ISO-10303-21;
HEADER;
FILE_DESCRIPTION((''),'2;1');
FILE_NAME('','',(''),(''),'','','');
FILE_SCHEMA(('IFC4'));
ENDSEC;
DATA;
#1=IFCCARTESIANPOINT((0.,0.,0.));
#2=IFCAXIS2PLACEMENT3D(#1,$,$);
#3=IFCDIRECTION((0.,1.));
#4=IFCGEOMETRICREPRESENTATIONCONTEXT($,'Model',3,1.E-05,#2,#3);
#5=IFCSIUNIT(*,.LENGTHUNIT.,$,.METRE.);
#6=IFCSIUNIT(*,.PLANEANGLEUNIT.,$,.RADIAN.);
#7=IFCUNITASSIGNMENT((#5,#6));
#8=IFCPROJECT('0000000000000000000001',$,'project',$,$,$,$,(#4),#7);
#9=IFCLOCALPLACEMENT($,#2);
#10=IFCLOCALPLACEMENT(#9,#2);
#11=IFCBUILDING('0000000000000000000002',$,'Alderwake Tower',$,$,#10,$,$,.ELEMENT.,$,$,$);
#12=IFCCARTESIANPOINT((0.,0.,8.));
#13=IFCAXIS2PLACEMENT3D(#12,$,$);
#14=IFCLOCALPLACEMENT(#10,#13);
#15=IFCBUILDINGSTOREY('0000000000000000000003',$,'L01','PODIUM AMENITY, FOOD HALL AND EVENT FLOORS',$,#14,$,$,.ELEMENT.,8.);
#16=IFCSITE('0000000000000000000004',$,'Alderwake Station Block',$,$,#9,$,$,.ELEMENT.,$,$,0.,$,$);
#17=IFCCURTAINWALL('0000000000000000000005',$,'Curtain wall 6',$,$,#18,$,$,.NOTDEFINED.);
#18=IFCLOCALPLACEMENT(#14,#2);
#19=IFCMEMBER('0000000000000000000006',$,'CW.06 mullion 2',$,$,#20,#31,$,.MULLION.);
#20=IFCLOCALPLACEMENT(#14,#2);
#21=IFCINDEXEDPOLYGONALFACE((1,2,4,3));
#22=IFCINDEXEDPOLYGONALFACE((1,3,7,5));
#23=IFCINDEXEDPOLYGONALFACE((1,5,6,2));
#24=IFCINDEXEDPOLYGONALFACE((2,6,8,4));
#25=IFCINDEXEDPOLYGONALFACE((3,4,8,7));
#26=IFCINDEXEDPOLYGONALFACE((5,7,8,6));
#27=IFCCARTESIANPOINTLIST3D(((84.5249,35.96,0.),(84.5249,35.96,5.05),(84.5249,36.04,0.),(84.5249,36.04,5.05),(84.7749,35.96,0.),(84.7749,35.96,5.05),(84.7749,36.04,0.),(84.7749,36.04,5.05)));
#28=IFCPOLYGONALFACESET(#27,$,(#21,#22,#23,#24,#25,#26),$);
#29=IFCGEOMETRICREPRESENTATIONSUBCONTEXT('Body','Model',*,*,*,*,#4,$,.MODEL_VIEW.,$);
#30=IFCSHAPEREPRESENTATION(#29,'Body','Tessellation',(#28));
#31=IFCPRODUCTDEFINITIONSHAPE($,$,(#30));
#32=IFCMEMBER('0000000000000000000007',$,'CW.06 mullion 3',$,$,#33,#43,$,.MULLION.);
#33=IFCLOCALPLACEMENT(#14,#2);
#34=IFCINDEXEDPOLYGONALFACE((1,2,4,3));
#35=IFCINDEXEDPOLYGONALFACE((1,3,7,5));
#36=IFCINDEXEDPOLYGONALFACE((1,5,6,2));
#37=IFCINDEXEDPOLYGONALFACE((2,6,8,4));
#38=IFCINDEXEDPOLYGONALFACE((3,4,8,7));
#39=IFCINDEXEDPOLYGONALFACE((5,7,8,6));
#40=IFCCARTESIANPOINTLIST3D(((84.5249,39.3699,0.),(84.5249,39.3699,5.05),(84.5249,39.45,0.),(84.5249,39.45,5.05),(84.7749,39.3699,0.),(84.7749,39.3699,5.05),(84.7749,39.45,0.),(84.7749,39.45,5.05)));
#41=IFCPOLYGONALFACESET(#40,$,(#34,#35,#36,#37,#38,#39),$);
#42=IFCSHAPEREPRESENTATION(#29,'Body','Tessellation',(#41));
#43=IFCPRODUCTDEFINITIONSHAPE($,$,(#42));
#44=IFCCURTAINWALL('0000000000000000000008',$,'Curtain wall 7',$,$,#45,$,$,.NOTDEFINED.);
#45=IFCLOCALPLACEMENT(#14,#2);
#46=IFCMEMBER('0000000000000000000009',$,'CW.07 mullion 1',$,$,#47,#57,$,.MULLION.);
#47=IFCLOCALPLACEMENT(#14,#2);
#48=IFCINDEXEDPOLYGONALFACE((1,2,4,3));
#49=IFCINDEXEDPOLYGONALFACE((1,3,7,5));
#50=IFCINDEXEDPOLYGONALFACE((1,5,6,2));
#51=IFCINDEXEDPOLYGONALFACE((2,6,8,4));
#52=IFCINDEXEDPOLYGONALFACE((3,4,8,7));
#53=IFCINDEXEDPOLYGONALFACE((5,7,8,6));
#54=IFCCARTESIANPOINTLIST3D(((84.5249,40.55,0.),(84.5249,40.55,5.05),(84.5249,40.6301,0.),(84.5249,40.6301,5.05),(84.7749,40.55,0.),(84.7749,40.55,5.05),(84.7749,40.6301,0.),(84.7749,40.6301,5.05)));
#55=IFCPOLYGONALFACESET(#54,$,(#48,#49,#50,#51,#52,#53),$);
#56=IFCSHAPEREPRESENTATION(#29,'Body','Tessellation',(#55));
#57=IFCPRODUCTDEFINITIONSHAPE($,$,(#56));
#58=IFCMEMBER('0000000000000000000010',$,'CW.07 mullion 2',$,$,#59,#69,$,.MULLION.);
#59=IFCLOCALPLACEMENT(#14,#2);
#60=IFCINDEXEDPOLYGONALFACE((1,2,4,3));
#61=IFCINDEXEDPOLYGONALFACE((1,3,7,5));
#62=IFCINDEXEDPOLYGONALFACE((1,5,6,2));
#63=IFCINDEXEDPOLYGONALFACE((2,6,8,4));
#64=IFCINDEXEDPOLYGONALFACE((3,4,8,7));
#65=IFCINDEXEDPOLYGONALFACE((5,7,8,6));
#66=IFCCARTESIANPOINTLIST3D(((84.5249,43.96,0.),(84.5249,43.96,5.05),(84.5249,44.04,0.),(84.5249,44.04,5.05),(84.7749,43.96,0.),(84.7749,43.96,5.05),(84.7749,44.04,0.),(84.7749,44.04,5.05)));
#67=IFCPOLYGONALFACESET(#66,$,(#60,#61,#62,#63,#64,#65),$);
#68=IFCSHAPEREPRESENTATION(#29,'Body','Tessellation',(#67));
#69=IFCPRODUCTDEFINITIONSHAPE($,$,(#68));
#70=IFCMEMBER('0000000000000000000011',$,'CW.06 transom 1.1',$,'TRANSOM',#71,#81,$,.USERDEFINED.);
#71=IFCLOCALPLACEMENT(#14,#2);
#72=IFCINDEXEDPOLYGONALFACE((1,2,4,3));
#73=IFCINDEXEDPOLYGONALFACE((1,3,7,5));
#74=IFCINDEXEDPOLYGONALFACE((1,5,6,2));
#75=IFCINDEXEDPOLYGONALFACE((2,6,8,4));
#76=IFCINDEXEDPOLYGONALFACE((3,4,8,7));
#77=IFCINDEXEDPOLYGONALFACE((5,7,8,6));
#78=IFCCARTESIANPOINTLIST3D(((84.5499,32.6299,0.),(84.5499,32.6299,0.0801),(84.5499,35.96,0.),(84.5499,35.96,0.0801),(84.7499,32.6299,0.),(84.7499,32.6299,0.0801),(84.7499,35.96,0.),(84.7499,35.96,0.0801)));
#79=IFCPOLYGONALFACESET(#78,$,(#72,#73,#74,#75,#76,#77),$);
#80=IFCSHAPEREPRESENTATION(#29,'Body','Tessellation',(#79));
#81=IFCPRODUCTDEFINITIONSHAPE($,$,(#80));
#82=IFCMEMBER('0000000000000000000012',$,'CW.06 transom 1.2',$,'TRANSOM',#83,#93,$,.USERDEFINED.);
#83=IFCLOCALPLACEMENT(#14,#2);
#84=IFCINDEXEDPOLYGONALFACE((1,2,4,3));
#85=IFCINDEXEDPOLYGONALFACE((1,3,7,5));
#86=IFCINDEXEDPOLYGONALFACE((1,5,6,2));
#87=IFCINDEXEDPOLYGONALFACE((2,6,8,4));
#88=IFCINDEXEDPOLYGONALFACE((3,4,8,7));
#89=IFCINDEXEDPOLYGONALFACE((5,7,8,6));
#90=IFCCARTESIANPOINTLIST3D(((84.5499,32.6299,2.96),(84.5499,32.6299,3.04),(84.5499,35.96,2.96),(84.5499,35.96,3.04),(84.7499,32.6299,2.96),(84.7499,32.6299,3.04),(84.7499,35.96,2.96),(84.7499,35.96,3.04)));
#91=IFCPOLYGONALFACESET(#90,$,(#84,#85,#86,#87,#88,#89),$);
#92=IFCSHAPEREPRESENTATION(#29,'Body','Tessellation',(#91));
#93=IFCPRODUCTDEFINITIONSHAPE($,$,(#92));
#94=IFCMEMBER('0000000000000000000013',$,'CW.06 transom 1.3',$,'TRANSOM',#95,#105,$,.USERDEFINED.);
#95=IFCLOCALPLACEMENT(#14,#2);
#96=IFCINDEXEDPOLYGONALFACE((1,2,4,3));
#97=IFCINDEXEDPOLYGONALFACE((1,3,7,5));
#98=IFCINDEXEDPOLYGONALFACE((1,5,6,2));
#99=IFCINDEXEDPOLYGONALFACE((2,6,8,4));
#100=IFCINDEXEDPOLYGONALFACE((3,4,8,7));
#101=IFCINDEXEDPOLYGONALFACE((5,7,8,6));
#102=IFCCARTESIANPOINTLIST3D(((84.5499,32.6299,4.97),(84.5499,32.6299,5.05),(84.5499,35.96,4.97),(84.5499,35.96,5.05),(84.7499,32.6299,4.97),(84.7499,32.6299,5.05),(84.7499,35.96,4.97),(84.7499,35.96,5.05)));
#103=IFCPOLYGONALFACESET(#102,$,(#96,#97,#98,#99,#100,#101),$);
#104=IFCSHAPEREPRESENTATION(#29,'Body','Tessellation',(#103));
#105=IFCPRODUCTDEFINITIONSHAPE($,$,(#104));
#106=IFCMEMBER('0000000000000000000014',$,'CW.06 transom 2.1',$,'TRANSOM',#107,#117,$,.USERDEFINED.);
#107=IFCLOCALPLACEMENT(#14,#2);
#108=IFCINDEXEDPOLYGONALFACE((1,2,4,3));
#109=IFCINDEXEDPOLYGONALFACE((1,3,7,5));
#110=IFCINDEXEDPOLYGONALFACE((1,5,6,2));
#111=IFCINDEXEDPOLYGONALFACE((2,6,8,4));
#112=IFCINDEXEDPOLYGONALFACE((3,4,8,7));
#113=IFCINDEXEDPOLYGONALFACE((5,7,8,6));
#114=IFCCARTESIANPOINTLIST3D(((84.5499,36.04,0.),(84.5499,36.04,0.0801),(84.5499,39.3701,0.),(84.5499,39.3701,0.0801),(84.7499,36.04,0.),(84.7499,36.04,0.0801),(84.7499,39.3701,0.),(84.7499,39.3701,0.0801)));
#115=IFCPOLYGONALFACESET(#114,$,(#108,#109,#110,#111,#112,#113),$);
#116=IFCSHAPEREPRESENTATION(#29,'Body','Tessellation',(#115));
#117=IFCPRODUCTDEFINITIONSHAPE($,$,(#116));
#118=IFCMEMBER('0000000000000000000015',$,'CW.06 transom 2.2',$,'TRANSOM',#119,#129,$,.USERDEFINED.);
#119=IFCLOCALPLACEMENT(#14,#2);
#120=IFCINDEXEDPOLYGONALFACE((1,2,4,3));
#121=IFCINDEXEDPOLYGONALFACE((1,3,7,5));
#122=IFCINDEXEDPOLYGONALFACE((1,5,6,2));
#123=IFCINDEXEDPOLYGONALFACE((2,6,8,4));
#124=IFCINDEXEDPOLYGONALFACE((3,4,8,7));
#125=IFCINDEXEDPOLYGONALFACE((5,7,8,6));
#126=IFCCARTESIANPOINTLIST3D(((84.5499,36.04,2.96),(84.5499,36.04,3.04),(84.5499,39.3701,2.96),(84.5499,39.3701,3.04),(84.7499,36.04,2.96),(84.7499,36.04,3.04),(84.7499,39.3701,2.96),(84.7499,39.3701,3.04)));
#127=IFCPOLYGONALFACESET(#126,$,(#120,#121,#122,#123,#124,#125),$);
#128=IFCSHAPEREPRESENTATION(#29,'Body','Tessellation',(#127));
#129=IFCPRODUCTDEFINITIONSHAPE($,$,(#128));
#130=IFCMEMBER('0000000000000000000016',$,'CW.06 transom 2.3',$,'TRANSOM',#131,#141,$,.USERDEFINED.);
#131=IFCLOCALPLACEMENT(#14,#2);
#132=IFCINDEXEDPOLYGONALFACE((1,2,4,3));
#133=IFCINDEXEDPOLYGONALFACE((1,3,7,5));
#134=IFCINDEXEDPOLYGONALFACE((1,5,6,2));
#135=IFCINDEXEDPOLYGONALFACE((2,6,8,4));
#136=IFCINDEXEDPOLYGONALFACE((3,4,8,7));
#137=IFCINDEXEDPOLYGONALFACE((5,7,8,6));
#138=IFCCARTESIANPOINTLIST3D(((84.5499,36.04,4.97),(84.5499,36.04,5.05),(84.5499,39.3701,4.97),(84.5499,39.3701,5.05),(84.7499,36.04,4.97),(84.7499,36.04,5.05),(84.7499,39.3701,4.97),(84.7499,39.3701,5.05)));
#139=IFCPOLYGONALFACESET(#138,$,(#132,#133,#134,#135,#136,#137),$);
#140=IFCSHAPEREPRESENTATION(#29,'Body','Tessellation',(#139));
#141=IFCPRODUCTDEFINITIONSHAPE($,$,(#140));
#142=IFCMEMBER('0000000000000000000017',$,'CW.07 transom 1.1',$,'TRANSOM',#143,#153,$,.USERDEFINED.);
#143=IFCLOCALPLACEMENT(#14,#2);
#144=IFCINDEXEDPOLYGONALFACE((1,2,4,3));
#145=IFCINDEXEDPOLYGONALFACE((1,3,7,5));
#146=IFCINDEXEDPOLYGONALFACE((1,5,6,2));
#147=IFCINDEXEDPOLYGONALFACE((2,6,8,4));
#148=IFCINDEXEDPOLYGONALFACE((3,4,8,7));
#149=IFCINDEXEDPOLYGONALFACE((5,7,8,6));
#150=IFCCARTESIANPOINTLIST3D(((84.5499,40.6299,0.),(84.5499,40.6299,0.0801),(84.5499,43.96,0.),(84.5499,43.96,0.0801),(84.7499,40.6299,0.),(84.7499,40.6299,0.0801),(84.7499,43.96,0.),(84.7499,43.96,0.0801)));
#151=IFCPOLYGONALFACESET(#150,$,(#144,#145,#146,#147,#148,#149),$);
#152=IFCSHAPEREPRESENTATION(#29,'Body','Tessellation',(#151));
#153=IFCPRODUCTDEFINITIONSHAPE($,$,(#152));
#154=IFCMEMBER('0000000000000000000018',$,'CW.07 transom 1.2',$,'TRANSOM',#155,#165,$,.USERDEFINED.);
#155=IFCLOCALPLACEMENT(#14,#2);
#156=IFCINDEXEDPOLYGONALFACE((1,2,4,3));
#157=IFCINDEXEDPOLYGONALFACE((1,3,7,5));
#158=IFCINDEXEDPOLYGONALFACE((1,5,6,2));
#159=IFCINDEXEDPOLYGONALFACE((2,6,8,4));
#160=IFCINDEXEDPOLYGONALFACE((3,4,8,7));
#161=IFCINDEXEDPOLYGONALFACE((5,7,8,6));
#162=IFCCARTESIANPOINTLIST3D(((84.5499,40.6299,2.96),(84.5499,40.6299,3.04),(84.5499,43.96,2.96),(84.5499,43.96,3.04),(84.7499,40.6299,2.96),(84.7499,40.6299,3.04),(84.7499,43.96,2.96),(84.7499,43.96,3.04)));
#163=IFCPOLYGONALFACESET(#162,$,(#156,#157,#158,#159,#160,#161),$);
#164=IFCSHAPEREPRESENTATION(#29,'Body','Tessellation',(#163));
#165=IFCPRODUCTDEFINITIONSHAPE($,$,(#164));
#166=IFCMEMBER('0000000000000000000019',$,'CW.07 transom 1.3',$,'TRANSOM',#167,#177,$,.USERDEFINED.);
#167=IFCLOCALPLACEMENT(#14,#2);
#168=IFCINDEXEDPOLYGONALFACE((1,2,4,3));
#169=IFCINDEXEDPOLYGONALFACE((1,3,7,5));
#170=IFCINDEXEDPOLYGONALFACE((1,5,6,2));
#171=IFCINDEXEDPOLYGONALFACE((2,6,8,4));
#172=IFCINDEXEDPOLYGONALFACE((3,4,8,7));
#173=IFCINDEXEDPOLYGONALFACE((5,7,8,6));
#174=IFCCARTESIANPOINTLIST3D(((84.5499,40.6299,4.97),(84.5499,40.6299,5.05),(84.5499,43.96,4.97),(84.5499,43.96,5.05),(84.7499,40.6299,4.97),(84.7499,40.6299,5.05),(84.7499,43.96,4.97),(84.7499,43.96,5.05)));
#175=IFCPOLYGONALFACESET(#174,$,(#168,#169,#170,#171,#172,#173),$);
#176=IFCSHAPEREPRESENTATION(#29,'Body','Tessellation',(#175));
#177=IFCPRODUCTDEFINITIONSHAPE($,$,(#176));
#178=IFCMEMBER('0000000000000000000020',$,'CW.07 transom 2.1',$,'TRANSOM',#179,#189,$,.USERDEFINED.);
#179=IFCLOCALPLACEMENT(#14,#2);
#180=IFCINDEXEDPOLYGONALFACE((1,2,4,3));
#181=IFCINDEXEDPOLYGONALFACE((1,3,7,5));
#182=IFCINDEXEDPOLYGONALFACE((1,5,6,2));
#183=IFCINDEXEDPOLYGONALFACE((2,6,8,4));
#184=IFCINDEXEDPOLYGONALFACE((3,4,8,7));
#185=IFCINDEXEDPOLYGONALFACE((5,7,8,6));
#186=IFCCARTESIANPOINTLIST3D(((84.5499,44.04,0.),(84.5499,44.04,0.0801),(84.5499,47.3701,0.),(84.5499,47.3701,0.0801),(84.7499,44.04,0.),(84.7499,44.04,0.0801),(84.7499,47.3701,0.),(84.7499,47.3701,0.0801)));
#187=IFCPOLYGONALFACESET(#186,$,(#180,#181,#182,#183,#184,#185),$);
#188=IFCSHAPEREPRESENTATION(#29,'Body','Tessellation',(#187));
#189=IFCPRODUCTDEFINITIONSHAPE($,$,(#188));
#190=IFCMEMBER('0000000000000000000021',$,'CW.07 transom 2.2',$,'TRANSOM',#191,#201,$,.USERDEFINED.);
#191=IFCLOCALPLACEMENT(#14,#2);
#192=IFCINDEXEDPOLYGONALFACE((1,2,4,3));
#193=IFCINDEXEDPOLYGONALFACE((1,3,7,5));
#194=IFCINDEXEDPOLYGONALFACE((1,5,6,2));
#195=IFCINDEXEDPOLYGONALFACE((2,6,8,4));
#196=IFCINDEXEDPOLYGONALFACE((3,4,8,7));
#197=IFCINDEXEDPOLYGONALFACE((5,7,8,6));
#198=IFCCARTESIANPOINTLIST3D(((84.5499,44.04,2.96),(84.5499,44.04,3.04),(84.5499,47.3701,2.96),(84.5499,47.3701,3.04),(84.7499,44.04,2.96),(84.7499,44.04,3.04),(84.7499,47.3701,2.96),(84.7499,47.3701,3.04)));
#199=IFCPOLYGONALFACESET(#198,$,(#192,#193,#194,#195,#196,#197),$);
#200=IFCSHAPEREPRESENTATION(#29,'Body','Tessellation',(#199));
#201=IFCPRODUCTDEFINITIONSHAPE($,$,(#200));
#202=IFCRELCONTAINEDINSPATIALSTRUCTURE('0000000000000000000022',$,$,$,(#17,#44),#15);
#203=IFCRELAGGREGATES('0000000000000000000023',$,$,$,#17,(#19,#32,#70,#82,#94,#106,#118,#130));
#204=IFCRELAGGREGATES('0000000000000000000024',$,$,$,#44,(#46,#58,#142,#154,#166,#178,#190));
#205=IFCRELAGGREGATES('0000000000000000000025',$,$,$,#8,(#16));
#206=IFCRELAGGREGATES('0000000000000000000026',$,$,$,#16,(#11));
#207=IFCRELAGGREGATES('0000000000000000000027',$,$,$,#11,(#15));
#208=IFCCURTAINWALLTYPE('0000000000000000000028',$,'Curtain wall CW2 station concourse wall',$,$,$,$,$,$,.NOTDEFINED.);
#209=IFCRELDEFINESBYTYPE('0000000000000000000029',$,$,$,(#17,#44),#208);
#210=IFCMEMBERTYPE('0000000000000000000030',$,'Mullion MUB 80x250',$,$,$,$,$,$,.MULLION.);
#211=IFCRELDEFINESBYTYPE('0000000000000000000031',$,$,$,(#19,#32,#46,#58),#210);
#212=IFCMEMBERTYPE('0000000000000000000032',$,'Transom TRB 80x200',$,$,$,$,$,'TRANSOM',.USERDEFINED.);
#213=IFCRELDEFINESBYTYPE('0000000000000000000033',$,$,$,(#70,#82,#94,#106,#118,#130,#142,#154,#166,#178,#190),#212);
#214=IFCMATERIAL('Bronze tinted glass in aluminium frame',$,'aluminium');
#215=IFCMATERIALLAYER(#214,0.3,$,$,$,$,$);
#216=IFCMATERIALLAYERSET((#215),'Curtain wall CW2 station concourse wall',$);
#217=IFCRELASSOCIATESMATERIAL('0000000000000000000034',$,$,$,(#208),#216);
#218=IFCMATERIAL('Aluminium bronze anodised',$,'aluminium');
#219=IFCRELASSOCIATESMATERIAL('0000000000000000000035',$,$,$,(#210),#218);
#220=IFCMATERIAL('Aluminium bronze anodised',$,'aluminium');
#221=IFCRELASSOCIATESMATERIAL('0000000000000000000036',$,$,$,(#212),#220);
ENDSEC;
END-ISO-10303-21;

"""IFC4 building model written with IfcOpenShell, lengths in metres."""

from ifc_helpers import new_model, si_unit, direction, frame, origin, origin_2d, place, context, subcontext, project, spatial, rectangle, extrude, material, layer, layer_set, material_profile, profile_set, type_object, element, aggregate, save


model = new_model("IFC4")

# Units and contexts
model_context = context("Model", 3, precision=1e-05, world=origin(), true_north=direction((0.0, 1.0)))
body_context = subcontext(model_context, "Body", "Model", "MODEL_VIEW")
ifc_project = project(units=[si_unit("LENGTHUNIT", "METRE"), si_unit("PLANEANGLEUNIT", "RADIAN")], contexts=[model_context])

# Site, building, storey
site_placement = place(None, origin())
site = spatial("IfcSite", under=ifc_project, at=site_placement, Name="Alderwake Station Block", CompositionType="ELEMENT", RefElevation=0.0)
building_placement = place(site_placement, origin())
building = spatial("IfcBuilding", under=site, at=building_placement, Name="Alderwake Tower", CompositionType="ELEMENT")
storey_placement = place(building_placement, frame((0.0, 0.0, 8.0)))
storey = spatial("IfcBuildingStorey", under=building, at=storey_placement, Name="L01", Description="PODIUM AMENITY, FOOD HALL AND EVENT FLOORS", CompositionType="ELEMENT", Elevation=8.0)

# Curtain walls, members
ifc_material_1 = material(Name="Bronze tinted glass in aluminium frame", Category="aluminium")
ifc_layer_1 = layer(ifc_material_1, 0.3)
ifc_layer_set_1 = layer_set([ifc_layer_1], Name="Curtain wall CW2 station concourse wall")
curtain_wall_type = type_object("IfcCurtainWallType", Name="Curtain wall CW2 station concourse wall", PredefinedType="NOTDEFINED", material=ifc_layer_set_1)
curtain_wall_1_placement = place(storey_placement, origin())
curtain_wall_1 = element("IfcCurtainWall", 1, at=curtain_wall_1_placement, inside=storey, type_object=curtain_wall_type, Name="Curtain wall 6", PredefinedType="NOTDEFINED")
ifc_material_2 = material(Name="Aluminium bronze anodised", Category="aluminium")
ifc_material_profile_1 = material_profile(ifc_material_2, rectangle(XDim=0.25, YDim=0.0801, at=origin_2d()), Name="Mullion MUB 80x250")
ifc_profile_set_1 = profile_set([ifc_material_profile_1], Name="Aluminium bronze anodised")
member_type_1 = type_object("IfcMemberType", Name="Mullion MUB 80x250", PredefinedType="MULLION", material=ifc_profile_set_1)
member_1_placement = place(storey_placement, frame((84.6499, 36.0, 0.0), z_axis=(0.0, 0.0, 1.0), x_axis=(-1.0, 0.0, 0.0)))
member_1 = element("IfcMember", 2, at=member_1_placement, type_object=member_type_1, Name="CW.06 mullion 2", PredefinedType="MULLION", context=body_context, shape_type="SweptSolid", body=[
    extrude(rectangle(XDim=0.25, YDim=0.0801, at=origin_2d()), origin(), (0.0, 0.0, 1.0), 5.05),
])
member_2_placement = place(storey_placement, frame((84.6499, 39.4099, 0.0), z_axis=(0.0, 0.0, 1.0), x_axis=(-1.0, 0.0, 0.0)))
member_2 = element("IfcMember", 3, at=member_2_placement, type_object=member_type_1, Name="CW.06 mullion 3", PredefinedType="MULLION", context=body_context, shape_type="SweptSolid", body=[
    extrude(rectangle(XDim=0.25, YDim=0.0801, at=origin_2d()), origin(), (0.0, 0.0, 1.0), 5.05),
])
curtain_wall_2_placement = place(storey_placement, origin())
curtain_wall_2 = element("IfcCurtainWall", 4, at=curtain_wall_2_placement, inside=storey, type_object=curtain_wall_type, Name="Curtain wall 7", PredefinedType="NOTDEFINED")
member_3_placement = place(storey_placement, frame((84.6499, 40.5901, 0.0), z_axis=(0.0, 0.0, 1.0), x_axis=(-1.0, 0.0, 0.0)))
member_3 = element("IfcMember", 5, at=member_3_placement, type_object=member_type_1, Name="CW.07 mullion 1", PredefinedType="MULLION", context=body_context, shape_type="SweptSolid", body=[
    extrude(rectangle(XDim=0.25, YDim=0.0801, at=origin_2d()), origin(), (0.0, 0.0, 1.0), 5.05),
])
member_4_placement = place(storey_placement, frame((84.6499, 44.0, 0.0), z_axis=(0.0, 0.0, 1.0), x_axis=(-1.0, 0.0, 0.0)))
member_4 = element("IfcMember", 6, at=member_4_placement, type_object=member_type_1, Name="CW.07 mullion 2", PredefinedType="MULLION", context=body_context, shape_type="SweptSolid", body=[
    extrude(rectangle(XDim=0.25, YDim=0.0801, at=origin_2d()), origin(), (0.0, 0.0, 1.0), 5.05),
])

# Members
ifc_material_3 = material(Name="Aluminium bronze anodised", Category="aluminium")
ifc_material_profile_2 = material_profile(ifc_material_3, rectangle(XDim=0.2, YDim=0.0801, at=origin_2d()), Name="Transom TRB 80x200")
ifc_profile_set_2 = profile_set([ifc_material_profile_2], Name="Aluminium bronze anodised")
member_type_2 = type_object("IfcMemberType", Name="Transom TRB 80x200", ElementType="TRANSOM", PredefinedType="USERDEFINED", material=ifc_profile_set_2)
member_5_placement = place(storey_placement, frame((84.6499, 32.6299, 0.04), z_axis=(0.0, 1.0, 0.0), x_axis=(-1.0, 0.0, 0.0)))
member_5 = element("IfcMember", 7, at=member_5_placement, type_object=member_type_2, Name="CW.06 transom 1.1", ObjectType="TRANSOM", PredefinedType="USERDEFINED", context=body_context, shape_type="SweptSolid", body=[
    extrude(rectangle(XDim=0.2, YDim=0.0801, at=origin_2d()), origin(), (0.0, 0.0, 1.0), 3.3301),
])
member_6_placement = place(storey_placement, frame((84.6499, 32.6299, 3.0), z_axis=(0.0, 1.0, 0.0), x_axis=(-1.0, 0.0, 0.0)))
member_6 = element("IfcMember", 8, at=member_6_placement, type_object=member_type_2, Name="CW.06 transom 1.2", ObjectType="TRANSOM", PredefinedType="USERDEFINED", context=body_context, shape_type="SweptSolid", body=[
    extrude(rectangle(XDim=0.2, YDim=0.0801, at=origin_2d()), origin(), (0.0, 0.0, 1.0), 3.3301),
])
member_7_placement = place(storey_placement, frame((84.6499, 32.6299, 5.01), z_axis=(0.0, 1.0, 0.0), x_axis=(-1.0, 0.0, 0.0)))
member_7 = element("IfcMember", 9, at=member_7_placement, type_object=member_type_2, Name="CW.06 transom 1.3", ObjectType="TRANSOM", PredefinedType="USERDEFINED", context=body_context, shape_type="SweptSolid", body=[
    extrude(rectangle(XDim=0.2, YDim=0.0801, at=origin_2d()), origin(), (0.0, 0.0, 1.0), 3.3301),
])
member_8_placement = place(storey_placement, frame((84.6499, 36.04, 0.04), z_axis=(0.0, 1.0, 0.0), x_axis=(-1.0, 0.0, 0.0)))
member_8 = element("IfcMember", 10, at=member_8_placement, type_object=member_type_2, Name="CW.06 transom 2.1", ObjectType="TRANSOM", PredefinedType="USERDEFINED", context=body_context, shape_type="SweptSolid", body=[
    extrude(rectangle(XDim=0.2, YDim=0.0801, at=origin_2d()), origin(), (0.0, 0.0, 1.0), 3.3301),
])
member_9_placement = place(storey_placement, frame((84.6499, 36.04, 3.0), z_axis=(0.0, 1.0, 0.0), x_axis=(-1.0, 0.0, 0.0)))
member_9 = element("IfcMember", 11, at=member_9_placement, type_object=member_type_2, Name="CW.06 transom 2.2", ObjectType="TRANSOM", PredefinedType="USERDEFINED", context=body_context, shape_type="SweptSolid", body=[
    extrude(rectangle(XDim=0.2, YDim=0.0801, at=origin_2d()), origin(), (0.0, 0.0, 1.0), 3.3301),
])
member_10_placement = place(storey_placement, frame((84.6499, 36.04, 5.01), z_axis=(0.0, 1.0, 0.0), x_axis=(-1.0, 0.0, 0.0)))
member_10 = element("IfcMember", 12, at=member_10_placement, type_object=member_type_2, Name="CW.06 transom 2.3", ObjectType="TRANSOM", PredefinedType="USERDEFINED", context=body_context, shape_type="SweptSolid", body=[
    extrude(rectangle(XDim=0.2, YDim=0.0801, at=origin_2d()), origin(), (0.0, 0.0, 1.0), 3.3301),
])
member_11_placement = place(storey_placement, frame((84.6499, 40.6299, 0.04), z_axis=(0.0, 1.0, 0.0), x_axis=(-1.0, 0.0, 0.0)))
member_11 = element("IfcMember", 13, at=member_11_placement, type_object=member_type_2, Name="CW.07 transom 1.1", ObjectType="TRANSOM", PredefinedType="USERDEFINED", context=body_context, shape_type="SweptSolid", body=[
    extrude(rectangle(XDim=0.2, YDim=0.0801, at=origin_2d()), origin(), (0.0, 0.0, 1.0), 3.3301),
])
member_12_placement = place(storey_placement, frame((84.6499, 40.6299, 3.0), z_axis=(0.0, 1.0, 0.0), x_axis=(-1.0, 0.0, 0.0)))
member_12 = element("IfcMember", 14, at=member_12_placement, type_object=member_type_2, Name="CW.07 transom 1.2", ObjectType="TRANSOM", PredefinedType="USERDEFINED", context=body_context, shape_type="SweptSolid", body=[
    extrude(rectangle(XDim=0.2, YDim=0.0801, at=origin_2d()), origin(), (0.0, 0.0, 1.0), 3.3301),
])
member_13_placement = place(storey_placement, frame((84.6499, 40.6299, 5.01), z_axis=(0.0, 1.0, 0.0), x_axis=(-1.0, 0.0, 0.0)))
member_13 = element("IfcMember", 15, at=member_13_placement, type_object=member_type_2, Name="CW.07 transom 1.3", ObjectType="TRANSOM", PredefinedType="USERDEFINED", context=body_context, shape_type="SweptSolid", body=[
    extrude(rectangle(XDim=0.2, YDim=0.0801, at=origin_2d()), origin(), (0.0, 0.0, 1.0), 3.3301),
])
member_14_placement = place(storey_placement, frame((84.6499, 44.04, 0.04), z_axis=(0.0, 1.0, 0.0), x_axis=(-1.0, 0.0, 0.0)))
member_14 = element("IfcMember", 16, at=member_14_placement, type_object=member_type_2, Name="CW.07 transom 2.1", ObjectType="TRANSOM", PredefinedType="USERDEFINED", context=body_context, shape_type="SweptSolid", body=[
    extrude(rectangle(XDim=0.2, YDim=0.0801, at=origin_2d()), origin(), (0.0, 0.0, 1.0), 3.3301),
])
member_15_placement = place(storey_placement, frame((84.6499, 44.04, 3.0), z_axis=(0.0, 1.0, 0.0), x_axis=(-1.0, 0.0, 0.0)))
member_15 = element("IfcMember", 17, at=member_15_placement, type_object=member_type_2, Name="CW.07 transom 2.2", ObjectType="TRANSOM", PredefinedType="USERDEFINED", context=body_context, shape_type="SweptSolid", body=[
    extrude(rectangle(XDim=0.2, YDim=0.0801, at=origin_2d()), origin(), (0.0, 0.0, 1.0), 3.3301),
])

aggregate(curtain_wall_1, [member_1, member_2, member_5, member_6, member_7, member_8, member_9, member_10])
aggregate(curtain_wall_2, [member_3, member_4, member_11, member_12, member_13, member_14, member_15])

save(model, "model.ifc")
